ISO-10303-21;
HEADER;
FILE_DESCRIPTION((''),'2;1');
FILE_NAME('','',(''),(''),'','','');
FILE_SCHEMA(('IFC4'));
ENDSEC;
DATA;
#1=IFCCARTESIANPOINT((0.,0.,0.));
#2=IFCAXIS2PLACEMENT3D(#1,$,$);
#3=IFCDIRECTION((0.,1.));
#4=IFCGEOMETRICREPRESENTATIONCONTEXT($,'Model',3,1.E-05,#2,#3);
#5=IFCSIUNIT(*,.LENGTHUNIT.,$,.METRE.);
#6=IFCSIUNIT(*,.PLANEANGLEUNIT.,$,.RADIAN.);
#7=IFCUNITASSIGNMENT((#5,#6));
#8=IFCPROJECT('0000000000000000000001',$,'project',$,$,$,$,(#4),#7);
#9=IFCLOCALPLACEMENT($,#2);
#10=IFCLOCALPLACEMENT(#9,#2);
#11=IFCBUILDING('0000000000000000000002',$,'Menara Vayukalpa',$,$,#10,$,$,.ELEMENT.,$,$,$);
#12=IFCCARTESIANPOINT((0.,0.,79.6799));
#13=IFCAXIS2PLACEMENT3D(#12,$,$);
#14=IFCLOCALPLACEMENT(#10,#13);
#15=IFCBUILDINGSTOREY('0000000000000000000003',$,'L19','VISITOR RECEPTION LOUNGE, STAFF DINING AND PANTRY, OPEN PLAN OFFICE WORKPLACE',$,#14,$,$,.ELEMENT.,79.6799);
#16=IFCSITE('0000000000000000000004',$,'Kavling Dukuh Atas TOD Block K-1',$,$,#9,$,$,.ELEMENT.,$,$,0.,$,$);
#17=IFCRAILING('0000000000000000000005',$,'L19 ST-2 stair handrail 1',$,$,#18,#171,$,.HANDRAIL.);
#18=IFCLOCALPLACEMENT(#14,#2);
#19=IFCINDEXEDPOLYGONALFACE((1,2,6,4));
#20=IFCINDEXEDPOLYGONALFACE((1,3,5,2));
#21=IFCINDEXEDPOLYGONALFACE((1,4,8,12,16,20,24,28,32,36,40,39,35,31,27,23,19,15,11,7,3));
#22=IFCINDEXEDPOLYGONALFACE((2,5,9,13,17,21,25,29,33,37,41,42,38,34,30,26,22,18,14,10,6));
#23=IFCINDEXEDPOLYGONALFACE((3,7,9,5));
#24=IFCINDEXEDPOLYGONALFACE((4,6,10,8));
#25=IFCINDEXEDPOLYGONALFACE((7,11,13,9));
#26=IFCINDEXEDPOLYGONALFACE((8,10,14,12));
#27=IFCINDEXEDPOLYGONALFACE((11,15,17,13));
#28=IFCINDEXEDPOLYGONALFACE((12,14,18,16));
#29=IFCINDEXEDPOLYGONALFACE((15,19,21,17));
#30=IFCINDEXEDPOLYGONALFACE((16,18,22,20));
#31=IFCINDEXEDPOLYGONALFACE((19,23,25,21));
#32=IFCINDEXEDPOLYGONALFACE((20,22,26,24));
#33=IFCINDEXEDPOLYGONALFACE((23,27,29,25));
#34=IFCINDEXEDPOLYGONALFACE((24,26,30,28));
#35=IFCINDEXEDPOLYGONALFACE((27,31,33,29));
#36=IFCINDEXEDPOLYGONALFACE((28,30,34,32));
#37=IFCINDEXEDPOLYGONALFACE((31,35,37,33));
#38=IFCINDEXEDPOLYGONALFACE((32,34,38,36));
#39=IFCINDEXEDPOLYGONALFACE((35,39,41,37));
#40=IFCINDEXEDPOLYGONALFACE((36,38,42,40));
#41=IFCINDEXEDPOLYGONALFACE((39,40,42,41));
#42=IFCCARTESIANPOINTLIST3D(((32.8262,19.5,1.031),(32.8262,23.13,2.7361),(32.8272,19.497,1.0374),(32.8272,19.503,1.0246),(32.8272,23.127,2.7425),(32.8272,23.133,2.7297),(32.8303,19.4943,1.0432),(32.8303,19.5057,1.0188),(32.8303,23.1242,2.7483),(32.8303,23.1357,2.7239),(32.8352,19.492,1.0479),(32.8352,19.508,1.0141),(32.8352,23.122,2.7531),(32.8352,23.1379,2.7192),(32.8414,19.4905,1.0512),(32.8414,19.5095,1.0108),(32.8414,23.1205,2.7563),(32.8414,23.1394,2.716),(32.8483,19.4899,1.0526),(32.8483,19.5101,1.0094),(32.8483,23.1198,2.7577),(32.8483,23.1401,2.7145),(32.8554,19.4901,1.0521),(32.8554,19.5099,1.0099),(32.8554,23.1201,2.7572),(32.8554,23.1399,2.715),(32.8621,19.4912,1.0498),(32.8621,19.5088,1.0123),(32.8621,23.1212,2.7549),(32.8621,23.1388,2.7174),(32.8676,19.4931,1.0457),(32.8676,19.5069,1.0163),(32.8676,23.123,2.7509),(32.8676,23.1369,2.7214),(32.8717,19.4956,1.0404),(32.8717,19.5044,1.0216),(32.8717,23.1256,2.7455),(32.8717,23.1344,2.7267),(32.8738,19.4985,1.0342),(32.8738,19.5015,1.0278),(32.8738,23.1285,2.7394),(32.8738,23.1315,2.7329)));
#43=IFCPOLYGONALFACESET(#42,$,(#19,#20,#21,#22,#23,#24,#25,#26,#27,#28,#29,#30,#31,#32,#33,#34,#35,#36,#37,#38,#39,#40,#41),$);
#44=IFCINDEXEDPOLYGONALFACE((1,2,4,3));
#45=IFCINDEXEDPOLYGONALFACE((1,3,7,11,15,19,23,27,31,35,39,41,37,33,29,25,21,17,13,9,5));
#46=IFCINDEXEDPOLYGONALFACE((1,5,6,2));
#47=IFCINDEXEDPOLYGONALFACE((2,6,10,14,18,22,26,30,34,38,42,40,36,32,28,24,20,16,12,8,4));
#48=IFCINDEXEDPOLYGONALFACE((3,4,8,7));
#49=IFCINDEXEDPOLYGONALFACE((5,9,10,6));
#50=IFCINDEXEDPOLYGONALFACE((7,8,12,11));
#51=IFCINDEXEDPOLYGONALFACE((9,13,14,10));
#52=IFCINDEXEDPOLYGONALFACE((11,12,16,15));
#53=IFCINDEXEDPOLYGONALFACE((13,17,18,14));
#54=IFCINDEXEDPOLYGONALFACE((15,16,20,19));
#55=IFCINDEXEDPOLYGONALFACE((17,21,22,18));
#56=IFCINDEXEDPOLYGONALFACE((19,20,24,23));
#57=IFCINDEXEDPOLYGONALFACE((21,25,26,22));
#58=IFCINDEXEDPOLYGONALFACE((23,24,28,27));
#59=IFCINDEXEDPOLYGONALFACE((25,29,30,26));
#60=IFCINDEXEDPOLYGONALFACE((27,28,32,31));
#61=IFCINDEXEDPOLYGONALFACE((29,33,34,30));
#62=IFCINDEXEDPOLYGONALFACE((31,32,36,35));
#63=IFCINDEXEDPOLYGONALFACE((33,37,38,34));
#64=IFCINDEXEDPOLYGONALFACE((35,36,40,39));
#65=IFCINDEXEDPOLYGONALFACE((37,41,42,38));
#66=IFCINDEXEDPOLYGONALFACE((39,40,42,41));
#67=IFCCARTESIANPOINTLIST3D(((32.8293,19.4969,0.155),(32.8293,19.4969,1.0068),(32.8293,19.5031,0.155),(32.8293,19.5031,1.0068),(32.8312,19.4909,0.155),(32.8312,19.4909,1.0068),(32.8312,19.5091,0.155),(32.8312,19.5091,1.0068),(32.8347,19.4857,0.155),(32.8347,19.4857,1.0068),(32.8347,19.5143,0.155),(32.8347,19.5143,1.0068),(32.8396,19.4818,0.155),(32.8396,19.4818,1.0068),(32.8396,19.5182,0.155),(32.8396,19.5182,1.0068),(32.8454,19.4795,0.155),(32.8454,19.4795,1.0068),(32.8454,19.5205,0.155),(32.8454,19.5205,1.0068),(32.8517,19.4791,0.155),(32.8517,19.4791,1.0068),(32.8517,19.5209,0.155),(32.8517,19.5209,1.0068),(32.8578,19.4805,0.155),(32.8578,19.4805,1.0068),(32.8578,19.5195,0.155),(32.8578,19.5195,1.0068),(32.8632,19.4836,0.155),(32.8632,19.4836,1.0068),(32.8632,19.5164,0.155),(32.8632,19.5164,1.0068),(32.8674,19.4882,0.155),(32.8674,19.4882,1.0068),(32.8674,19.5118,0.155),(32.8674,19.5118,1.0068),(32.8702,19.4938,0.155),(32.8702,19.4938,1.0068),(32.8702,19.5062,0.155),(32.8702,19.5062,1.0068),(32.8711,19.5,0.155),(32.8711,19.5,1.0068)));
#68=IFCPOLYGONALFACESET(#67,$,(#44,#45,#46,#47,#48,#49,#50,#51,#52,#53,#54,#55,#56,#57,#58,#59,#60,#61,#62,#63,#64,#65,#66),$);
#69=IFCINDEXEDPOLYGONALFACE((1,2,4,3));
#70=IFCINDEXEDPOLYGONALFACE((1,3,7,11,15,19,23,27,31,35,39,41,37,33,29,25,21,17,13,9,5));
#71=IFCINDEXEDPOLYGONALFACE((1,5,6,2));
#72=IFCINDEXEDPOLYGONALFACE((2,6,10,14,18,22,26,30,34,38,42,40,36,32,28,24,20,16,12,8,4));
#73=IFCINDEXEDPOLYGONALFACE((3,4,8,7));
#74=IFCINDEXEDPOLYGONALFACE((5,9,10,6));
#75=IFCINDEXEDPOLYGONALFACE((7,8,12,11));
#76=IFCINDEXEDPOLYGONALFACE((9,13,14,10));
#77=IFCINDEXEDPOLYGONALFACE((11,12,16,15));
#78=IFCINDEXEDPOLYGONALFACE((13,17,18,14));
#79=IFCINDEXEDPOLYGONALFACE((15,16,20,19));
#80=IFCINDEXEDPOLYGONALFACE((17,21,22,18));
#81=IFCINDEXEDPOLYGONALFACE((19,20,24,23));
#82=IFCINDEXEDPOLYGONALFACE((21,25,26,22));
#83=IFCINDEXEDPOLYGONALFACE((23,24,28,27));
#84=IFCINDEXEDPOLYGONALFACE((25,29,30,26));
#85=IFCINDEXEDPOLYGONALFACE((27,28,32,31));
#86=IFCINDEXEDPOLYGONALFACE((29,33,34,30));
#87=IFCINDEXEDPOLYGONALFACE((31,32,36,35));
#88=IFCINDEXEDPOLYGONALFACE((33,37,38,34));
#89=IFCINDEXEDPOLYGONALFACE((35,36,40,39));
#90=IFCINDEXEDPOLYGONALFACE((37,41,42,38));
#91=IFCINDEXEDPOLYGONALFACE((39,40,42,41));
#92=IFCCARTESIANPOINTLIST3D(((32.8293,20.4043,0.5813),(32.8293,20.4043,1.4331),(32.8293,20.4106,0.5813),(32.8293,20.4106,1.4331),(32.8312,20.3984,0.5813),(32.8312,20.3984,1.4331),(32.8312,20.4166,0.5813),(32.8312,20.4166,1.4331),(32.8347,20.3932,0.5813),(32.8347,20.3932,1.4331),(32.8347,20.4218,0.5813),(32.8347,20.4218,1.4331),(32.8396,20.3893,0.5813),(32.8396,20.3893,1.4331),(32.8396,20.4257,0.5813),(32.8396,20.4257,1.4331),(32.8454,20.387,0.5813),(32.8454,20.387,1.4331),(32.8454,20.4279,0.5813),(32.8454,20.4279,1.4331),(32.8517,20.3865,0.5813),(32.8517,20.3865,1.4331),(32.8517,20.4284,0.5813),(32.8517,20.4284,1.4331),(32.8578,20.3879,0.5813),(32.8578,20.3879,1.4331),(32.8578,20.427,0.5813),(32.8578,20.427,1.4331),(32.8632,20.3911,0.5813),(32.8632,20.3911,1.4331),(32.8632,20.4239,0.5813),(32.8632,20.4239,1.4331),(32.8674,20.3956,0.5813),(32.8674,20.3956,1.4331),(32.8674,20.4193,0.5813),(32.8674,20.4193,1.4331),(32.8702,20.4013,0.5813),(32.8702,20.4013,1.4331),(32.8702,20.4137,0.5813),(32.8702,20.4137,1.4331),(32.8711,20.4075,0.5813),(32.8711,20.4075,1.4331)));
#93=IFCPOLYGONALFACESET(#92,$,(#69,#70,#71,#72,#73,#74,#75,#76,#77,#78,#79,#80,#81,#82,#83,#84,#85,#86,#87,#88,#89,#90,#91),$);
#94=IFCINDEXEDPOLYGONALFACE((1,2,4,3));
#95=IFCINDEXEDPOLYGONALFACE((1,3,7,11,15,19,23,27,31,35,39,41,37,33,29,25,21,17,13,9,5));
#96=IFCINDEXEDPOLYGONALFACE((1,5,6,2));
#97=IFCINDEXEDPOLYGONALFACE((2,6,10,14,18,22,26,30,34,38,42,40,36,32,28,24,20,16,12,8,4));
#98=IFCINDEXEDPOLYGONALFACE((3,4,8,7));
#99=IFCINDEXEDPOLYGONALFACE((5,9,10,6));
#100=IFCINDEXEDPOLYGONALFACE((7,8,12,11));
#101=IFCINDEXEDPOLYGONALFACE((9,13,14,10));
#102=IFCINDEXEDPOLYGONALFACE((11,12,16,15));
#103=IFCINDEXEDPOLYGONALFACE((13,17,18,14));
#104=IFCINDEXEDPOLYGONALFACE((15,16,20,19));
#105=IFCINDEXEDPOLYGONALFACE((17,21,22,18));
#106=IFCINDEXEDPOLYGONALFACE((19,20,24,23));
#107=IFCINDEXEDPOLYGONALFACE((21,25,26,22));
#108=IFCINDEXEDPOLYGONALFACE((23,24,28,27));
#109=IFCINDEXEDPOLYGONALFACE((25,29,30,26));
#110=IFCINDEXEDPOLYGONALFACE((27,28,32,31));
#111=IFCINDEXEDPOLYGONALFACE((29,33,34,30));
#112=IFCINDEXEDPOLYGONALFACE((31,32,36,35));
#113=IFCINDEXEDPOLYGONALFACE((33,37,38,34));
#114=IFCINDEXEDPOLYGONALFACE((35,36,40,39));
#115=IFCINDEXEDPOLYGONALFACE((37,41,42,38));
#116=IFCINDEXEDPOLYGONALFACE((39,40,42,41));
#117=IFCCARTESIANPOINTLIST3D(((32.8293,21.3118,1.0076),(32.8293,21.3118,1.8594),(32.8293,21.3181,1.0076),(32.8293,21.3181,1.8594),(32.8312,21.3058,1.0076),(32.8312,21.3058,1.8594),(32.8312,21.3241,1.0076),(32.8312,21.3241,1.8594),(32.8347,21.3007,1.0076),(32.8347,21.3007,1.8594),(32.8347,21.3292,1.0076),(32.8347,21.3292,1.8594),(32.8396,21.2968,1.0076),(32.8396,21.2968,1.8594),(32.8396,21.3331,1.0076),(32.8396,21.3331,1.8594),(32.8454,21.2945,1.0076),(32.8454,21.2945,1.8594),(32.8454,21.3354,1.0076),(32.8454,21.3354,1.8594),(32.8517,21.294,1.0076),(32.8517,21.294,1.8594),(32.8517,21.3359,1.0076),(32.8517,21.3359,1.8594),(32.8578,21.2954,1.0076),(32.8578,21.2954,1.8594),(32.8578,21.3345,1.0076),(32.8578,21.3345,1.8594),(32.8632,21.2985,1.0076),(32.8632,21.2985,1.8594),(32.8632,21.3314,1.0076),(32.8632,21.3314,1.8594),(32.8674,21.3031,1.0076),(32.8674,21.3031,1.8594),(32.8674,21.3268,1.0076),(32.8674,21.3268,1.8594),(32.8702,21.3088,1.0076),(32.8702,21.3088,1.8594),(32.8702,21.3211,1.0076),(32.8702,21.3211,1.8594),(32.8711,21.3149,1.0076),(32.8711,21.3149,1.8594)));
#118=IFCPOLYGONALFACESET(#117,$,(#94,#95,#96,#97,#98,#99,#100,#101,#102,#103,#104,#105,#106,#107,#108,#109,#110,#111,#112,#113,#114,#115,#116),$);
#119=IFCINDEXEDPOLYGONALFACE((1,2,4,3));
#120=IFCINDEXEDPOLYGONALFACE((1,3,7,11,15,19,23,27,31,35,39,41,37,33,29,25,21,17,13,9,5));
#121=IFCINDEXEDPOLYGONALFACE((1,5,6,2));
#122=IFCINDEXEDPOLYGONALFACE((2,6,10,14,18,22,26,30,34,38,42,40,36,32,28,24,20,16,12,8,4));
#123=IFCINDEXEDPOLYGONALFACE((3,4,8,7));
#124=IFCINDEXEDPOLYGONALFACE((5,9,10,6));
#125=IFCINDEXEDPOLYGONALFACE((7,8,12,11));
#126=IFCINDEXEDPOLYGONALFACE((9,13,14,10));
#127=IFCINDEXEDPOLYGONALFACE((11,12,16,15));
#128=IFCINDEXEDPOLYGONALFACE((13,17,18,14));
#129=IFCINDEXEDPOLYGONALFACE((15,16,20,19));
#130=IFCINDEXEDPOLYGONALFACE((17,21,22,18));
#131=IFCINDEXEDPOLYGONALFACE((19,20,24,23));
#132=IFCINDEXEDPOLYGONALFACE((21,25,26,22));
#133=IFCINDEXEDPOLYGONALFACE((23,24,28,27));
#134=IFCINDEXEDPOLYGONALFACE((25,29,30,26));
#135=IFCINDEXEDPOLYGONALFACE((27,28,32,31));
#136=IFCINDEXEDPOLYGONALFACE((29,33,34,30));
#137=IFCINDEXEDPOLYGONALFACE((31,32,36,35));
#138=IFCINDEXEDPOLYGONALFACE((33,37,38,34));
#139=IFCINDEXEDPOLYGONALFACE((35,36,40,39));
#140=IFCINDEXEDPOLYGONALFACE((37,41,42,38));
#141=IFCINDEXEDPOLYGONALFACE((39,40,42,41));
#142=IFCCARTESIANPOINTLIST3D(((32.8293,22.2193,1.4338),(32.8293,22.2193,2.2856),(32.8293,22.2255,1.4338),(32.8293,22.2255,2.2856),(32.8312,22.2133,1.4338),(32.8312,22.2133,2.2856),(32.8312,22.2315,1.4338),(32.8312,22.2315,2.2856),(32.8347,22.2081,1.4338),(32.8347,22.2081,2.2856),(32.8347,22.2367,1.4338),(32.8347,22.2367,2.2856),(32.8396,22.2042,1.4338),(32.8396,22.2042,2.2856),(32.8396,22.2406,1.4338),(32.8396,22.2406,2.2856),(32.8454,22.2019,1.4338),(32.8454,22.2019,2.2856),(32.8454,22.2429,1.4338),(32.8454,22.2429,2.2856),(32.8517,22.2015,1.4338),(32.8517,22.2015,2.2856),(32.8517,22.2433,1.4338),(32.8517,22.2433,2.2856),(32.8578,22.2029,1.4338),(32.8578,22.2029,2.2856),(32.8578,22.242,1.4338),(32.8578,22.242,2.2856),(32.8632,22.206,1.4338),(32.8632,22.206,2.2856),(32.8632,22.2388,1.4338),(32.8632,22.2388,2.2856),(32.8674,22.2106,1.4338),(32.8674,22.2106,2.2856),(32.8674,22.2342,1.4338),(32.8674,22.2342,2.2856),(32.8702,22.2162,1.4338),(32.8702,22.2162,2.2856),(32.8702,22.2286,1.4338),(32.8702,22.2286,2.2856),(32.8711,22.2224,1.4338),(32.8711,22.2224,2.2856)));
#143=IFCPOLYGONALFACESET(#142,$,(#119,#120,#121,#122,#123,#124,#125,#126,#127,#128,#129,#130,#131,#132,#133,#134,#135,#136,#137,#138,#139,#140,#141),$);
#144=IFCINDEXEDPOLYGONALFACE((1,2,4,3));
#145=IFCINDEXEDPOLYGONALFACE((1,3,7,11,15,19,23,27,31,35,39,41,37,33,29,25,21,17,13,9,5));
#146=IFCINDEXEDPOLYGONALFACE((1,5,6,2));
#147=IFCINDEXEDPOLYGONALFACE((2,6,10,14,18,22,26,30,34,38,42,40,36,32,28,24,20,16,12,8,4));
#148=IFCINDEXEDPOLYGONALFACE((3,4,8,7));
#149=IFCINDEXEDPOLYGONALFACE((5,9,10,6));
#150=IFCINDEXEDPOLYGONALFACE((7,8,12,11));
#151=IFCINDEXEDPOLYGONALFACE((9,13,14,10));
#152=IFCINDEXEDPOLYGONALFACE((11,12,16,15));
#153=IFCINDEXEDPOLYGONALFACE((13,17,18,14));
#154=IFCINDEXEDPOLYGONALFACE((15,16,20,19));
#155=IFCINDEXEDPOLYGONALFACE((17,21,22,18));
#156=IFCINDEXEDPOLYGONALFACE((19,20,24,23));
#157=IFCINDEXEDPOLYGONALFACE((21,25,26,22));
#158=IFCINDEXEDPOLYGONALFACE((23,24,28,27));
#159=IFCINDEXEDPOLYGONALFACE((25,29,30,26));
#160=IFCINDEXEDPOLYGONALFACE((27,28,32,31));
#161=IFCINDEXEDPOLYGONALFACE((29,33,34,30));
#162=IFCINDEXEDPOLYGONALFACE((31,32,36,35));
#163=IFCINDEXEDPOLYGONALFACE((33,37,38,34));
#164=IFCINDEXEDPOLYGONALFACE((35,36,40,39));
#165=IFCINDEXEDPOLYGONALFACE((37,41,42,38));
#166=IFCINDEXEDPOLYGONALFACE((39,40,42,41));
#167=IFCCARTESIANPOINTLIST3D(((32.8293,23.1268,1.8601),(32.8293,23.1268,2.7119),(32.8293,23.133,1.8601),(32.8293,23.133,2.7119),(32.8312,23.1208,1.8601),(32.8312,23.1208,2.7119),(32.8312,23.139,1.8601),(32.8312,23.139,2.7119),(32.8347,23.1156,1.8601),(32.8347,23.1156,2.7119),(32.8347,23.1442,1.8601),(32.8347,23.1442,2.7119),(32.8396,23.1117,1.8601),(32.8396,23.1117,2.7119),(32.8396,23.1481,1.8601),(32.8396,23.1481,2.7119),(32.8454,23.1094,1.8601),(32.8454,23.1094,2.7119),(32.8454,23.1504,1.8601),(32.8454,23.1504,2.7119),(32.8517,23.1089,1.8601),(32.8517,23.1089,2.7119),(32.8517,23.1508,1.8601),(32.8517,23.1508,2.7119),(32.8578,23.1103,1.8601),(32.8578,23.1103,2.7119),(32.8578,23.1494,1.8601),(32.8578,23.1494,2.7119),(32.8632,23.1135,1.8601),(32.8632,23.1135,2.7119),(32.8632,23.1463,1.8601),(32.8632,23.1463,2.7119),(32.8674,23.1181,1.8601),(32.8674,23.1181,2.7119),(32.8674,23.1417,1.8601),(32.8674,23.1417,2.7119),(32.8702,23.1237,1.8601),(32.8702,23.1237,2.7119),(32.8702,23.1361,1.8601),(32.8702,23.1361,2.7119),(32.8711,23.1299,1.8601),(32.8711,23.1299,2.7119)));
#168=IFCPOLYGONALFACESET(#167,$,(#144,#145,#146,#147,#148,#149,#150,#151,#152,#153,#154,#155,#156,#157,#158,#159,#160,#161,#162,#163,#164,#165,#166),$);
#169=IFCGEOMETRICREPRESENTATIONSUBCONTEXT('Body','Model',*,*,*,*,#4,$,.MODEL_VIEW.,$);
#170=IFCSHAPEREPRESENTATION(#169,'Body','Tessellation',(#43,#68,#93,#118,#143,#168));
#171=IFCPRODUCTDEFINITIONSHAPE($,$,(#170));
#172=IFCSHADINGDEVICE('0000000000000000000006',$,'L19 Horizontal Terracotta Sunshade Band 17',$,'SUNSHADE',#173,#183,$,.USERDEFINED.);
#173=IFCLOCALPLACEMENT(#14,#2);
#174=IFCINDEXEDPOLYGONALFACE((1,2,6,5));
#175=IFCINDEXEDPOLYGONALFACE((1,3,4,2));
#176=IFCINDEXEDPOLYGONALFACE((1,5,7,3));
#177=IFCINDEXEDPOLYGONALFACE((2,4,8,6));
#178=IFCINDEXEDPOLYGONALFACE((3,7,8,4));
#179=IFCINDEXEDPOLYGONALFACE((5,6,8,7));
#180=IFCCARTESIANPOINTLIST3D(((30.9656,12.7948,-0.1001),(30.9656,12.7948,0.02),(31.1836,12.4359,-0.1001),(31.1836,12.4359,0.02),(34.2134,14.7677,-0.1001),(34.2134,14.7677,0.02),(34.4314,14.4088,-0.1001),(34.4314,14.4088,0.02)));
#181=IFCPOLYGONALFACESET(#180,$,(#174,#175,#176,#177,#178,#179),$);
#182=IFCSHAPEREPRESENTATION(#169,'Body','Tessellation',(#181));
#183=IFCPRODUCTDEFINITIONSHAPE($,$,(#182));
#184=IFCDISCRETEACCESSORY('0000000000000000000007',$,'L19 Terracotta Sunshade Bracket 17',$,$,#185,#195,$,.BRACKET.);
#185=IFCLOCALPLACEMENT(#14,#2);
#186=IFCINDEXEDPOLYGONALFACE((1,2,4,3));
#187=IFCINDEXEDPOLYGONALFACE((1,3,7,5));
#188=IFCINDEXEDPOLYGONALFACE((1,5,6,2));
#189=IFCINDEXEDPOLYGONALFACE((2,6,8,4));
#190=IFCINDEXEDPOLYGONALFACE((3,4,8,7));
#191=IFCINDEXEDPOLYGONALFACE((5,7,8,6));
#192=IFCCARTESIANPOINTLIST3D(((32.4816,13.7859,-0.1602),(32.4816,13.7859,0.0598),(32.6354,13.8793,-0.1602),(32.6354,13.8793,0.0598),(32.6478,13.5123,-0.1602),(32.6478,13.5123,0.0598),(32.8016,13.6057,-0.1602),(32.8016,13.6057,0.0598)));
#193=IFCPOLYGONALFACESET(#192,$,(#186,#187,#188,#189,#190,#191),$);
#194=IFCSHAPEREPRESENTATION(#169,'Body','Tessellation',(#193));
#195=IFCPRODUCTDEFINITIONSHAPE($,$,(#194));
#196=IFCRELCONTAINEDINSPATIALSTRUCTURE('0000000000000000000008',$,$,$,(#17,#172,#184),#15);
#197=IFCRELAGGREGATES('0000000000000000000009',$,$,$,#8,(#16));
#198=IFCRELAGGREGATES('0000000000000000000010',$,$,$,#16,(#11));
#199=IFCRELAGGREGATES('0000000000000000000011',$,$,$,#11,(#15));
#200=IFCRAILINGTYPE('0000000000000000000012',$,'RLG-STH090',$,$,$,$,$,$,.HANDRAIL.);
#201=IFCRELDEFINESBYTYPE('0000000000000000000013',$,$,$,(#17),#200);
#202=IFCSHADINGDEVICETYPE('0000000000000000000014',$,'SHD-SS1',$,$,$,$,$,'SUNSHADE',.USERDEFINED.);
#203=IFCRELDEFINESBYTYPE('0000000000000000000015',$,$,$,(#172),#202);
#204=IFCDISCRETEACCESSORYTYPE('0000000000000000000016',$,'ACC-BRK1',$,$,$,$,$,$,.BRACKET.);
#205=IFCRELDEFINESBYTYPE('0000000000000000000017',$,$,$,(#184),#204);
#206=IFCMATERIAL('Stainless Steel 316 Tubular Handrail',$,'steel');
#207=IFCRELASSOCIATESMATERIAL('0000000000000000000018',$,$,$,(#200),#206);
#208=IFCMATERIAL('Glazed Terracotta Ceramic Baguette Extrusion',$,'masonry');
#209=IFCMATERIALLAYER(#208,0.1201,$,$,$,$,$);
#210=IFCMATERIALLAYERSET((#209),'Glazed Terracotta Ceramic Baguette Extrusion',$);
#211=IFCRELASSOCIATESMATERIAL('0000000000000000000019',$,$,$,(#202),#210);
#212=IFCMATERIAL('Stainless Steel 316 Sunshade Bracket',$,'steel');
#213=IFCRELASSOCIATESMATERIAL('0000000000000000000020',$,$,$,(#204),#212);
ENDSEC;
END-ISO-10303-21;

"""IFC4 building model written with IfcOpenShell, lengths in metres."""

from ifc_helpers import new_model, si_unit, direction, frame, origin, origin_2d, place, context, subcontext, project, spatial, rectangle, circle, extrude, material, layer, layer_set, type_object, element, save


model = new_model("IFC4")

# Units and contexts
model_context = context("Model", 3, precision=1e-05, world=origin(), true_north=direction((0.0, 1.0)))
body_context = subcontext(model_context, "Body", "Model", "MODEL_VIEW")
ifc_project = project(units=[si_unit("LENGTHUNIT", "METRE"), si_unit("PLANEANGLEUNIT", "RADIAN")], contexts=[model_context])

# Site, building, storey
site_placement = place(None, origin())
site = spatial("IfcSite", under=ifc_project, at=site_placement, Name="Kavling Dukuh Atas TOD Block K-1", CompositionType="ELEMENT", RefElevation=0.0)
building_placement = place(site_placement, origin())
building = spatial("IfcBuilding", under=site, at=building_placement, Name="Menara Vayukalpa", CompositionType="ELEMENT")
storey_placement = place(building_placement, frame((0.0, 0.0, 79.6799)))
storey = spatial("IfcBuildingStorey", under=building, at=storey_placement, Name="L19", Description="VISITOR RECEPTION LOUNGE, STAFF DINING AND PANTRY, OPEN PLAN OFFICE WORKPLACE", CompositionType="ELEMENT", Elevation=79.6799)

# Railing
ifc_material_1 = material(Name="Stainless Steel 316 Tubular Handrail", Category="steel")
railing_type_1 = type_object("IfcRailingType", Name="RLG-STH090", PredefinedType="HANDRAIL", material=ifc_material_1)
railing_1_placement = place(storey_placement, frame((32.8501, 19.5, 0.155)))
element("IfcRailing", 1, at=railing_1_placement, inside=storey, type_object=railing_type_1, Name="L19 ST-2 stair handrail 1", PredefinedType="HANDRAIL", context=body_context, shape_type="SweptSolid", body=[
    extrude(circle(Radius=0.0239, at=origin_2d()), frame((0.0, 0.0, 0.876), z_axis=(0.0, 0.905116, 0.425164), x_axis=(-1.0, 0.0, 0.0)), (0.0, 0.0, 1.0), 4.0105),
    extrude(circle(Radius=0.021, at=origin_2d()), origin(), (0.0, 0.0, 1.0), 0.8518),
    extrude(circle(Radius=0.021, at=origin_2d()), frame((0.0, 0.9075, 0.4263)), (0.0, 0.0, 1.0), 0.8518),
    extrude(circle(Radius=0.021, at=origin_2d()), frame((0.0, 1.8149, 0.8525)), (0.0, 0.0, 1.0), 0.8518),
    extrude(circle(Radius=0.021, at=origin_2d()), frame((0.0, 2.7224, 1.2788)), (0.0, 0.0, 1.0), 0.8518),
    extrude(circle(Radius=0.021, at=origin_2d()), frame((0.0, 3.6299, 1.7051)), (0.0, 0.0, 1.0), 0.8518),
])

# Shading device
ifc_material_2 = material(Name="Glazed Terracotta Ceramic Baguette Extrusion", Category="masonry")
ifc_layer_1 = layer(ifc_material_2, 0.1201)
ifc_layer_set_1 = layer_set([ifc_layer_1], Name="Glazed Terracotta Ceramic Baguette Extrusion")
shading_device_type = type_object("IfcShadingDeviceType", Name="SHD-SS1", ElementType="SUNSHADE", PredefinedType="USERDEFINED", material=ifc_layer_set_1)
shading_device_placement = place(storey_placement, frame((32.6985, 13.6018, -0.1001), z_axis=(0.0, 0.0, 1.0), x_axis=(0.854667, 0.519176, 0.0)))
element("IfcShadingDevice", 2, at=shading_device_placement, inside=storey, type_object=shading_device_type, Name="L19 Horizontal Terracotta Sunshade Band 17", ObjectType="SUNSHADE", PredefinedType="USERDEFINED", context=body_context, shape_type="SweptSolid", body=[
    extrude(rectangle(XDim=3.8, YDim=0.4199, at=origin_2d()), origin(), (0.0, 0.0, 1.0), 0.1201),
])

# Discrete accessory
ifc_material_3 = material(Name="Stainless Steel 316 Sunshade Bracket", Category="steel")
discrete_accessory_type = type_object("IfcDiscreteAccessoryType", Name="ACC-BRK1", PredefinedType="BRACKET", material=ifc_material_3)
discrete_accessory_placement = place(storey_placement, frame((32.6416, 13.6958, -0.1602), z_axis=(0.0, 0.0, 1.0), x_axis=(0.854667, 0.519176, 0.0)))
element("IfcDiscreteAccessory", 3, at=discrete_accessory_placement, inside=storey, type_object=discrete_accessory_type, Name="L19 Terracotta Sunshade Bracket 17", PredefinedType="BRACKET", context=body_context, shape_type="SweptSolid", body=[
    extrude(rectangle(XDim=0.1799, YDim=0.3201, at=origin_2d()), origin(), (0.0, 0.0, 1.0), 0.22),
])

save(model, "model.ifc")
